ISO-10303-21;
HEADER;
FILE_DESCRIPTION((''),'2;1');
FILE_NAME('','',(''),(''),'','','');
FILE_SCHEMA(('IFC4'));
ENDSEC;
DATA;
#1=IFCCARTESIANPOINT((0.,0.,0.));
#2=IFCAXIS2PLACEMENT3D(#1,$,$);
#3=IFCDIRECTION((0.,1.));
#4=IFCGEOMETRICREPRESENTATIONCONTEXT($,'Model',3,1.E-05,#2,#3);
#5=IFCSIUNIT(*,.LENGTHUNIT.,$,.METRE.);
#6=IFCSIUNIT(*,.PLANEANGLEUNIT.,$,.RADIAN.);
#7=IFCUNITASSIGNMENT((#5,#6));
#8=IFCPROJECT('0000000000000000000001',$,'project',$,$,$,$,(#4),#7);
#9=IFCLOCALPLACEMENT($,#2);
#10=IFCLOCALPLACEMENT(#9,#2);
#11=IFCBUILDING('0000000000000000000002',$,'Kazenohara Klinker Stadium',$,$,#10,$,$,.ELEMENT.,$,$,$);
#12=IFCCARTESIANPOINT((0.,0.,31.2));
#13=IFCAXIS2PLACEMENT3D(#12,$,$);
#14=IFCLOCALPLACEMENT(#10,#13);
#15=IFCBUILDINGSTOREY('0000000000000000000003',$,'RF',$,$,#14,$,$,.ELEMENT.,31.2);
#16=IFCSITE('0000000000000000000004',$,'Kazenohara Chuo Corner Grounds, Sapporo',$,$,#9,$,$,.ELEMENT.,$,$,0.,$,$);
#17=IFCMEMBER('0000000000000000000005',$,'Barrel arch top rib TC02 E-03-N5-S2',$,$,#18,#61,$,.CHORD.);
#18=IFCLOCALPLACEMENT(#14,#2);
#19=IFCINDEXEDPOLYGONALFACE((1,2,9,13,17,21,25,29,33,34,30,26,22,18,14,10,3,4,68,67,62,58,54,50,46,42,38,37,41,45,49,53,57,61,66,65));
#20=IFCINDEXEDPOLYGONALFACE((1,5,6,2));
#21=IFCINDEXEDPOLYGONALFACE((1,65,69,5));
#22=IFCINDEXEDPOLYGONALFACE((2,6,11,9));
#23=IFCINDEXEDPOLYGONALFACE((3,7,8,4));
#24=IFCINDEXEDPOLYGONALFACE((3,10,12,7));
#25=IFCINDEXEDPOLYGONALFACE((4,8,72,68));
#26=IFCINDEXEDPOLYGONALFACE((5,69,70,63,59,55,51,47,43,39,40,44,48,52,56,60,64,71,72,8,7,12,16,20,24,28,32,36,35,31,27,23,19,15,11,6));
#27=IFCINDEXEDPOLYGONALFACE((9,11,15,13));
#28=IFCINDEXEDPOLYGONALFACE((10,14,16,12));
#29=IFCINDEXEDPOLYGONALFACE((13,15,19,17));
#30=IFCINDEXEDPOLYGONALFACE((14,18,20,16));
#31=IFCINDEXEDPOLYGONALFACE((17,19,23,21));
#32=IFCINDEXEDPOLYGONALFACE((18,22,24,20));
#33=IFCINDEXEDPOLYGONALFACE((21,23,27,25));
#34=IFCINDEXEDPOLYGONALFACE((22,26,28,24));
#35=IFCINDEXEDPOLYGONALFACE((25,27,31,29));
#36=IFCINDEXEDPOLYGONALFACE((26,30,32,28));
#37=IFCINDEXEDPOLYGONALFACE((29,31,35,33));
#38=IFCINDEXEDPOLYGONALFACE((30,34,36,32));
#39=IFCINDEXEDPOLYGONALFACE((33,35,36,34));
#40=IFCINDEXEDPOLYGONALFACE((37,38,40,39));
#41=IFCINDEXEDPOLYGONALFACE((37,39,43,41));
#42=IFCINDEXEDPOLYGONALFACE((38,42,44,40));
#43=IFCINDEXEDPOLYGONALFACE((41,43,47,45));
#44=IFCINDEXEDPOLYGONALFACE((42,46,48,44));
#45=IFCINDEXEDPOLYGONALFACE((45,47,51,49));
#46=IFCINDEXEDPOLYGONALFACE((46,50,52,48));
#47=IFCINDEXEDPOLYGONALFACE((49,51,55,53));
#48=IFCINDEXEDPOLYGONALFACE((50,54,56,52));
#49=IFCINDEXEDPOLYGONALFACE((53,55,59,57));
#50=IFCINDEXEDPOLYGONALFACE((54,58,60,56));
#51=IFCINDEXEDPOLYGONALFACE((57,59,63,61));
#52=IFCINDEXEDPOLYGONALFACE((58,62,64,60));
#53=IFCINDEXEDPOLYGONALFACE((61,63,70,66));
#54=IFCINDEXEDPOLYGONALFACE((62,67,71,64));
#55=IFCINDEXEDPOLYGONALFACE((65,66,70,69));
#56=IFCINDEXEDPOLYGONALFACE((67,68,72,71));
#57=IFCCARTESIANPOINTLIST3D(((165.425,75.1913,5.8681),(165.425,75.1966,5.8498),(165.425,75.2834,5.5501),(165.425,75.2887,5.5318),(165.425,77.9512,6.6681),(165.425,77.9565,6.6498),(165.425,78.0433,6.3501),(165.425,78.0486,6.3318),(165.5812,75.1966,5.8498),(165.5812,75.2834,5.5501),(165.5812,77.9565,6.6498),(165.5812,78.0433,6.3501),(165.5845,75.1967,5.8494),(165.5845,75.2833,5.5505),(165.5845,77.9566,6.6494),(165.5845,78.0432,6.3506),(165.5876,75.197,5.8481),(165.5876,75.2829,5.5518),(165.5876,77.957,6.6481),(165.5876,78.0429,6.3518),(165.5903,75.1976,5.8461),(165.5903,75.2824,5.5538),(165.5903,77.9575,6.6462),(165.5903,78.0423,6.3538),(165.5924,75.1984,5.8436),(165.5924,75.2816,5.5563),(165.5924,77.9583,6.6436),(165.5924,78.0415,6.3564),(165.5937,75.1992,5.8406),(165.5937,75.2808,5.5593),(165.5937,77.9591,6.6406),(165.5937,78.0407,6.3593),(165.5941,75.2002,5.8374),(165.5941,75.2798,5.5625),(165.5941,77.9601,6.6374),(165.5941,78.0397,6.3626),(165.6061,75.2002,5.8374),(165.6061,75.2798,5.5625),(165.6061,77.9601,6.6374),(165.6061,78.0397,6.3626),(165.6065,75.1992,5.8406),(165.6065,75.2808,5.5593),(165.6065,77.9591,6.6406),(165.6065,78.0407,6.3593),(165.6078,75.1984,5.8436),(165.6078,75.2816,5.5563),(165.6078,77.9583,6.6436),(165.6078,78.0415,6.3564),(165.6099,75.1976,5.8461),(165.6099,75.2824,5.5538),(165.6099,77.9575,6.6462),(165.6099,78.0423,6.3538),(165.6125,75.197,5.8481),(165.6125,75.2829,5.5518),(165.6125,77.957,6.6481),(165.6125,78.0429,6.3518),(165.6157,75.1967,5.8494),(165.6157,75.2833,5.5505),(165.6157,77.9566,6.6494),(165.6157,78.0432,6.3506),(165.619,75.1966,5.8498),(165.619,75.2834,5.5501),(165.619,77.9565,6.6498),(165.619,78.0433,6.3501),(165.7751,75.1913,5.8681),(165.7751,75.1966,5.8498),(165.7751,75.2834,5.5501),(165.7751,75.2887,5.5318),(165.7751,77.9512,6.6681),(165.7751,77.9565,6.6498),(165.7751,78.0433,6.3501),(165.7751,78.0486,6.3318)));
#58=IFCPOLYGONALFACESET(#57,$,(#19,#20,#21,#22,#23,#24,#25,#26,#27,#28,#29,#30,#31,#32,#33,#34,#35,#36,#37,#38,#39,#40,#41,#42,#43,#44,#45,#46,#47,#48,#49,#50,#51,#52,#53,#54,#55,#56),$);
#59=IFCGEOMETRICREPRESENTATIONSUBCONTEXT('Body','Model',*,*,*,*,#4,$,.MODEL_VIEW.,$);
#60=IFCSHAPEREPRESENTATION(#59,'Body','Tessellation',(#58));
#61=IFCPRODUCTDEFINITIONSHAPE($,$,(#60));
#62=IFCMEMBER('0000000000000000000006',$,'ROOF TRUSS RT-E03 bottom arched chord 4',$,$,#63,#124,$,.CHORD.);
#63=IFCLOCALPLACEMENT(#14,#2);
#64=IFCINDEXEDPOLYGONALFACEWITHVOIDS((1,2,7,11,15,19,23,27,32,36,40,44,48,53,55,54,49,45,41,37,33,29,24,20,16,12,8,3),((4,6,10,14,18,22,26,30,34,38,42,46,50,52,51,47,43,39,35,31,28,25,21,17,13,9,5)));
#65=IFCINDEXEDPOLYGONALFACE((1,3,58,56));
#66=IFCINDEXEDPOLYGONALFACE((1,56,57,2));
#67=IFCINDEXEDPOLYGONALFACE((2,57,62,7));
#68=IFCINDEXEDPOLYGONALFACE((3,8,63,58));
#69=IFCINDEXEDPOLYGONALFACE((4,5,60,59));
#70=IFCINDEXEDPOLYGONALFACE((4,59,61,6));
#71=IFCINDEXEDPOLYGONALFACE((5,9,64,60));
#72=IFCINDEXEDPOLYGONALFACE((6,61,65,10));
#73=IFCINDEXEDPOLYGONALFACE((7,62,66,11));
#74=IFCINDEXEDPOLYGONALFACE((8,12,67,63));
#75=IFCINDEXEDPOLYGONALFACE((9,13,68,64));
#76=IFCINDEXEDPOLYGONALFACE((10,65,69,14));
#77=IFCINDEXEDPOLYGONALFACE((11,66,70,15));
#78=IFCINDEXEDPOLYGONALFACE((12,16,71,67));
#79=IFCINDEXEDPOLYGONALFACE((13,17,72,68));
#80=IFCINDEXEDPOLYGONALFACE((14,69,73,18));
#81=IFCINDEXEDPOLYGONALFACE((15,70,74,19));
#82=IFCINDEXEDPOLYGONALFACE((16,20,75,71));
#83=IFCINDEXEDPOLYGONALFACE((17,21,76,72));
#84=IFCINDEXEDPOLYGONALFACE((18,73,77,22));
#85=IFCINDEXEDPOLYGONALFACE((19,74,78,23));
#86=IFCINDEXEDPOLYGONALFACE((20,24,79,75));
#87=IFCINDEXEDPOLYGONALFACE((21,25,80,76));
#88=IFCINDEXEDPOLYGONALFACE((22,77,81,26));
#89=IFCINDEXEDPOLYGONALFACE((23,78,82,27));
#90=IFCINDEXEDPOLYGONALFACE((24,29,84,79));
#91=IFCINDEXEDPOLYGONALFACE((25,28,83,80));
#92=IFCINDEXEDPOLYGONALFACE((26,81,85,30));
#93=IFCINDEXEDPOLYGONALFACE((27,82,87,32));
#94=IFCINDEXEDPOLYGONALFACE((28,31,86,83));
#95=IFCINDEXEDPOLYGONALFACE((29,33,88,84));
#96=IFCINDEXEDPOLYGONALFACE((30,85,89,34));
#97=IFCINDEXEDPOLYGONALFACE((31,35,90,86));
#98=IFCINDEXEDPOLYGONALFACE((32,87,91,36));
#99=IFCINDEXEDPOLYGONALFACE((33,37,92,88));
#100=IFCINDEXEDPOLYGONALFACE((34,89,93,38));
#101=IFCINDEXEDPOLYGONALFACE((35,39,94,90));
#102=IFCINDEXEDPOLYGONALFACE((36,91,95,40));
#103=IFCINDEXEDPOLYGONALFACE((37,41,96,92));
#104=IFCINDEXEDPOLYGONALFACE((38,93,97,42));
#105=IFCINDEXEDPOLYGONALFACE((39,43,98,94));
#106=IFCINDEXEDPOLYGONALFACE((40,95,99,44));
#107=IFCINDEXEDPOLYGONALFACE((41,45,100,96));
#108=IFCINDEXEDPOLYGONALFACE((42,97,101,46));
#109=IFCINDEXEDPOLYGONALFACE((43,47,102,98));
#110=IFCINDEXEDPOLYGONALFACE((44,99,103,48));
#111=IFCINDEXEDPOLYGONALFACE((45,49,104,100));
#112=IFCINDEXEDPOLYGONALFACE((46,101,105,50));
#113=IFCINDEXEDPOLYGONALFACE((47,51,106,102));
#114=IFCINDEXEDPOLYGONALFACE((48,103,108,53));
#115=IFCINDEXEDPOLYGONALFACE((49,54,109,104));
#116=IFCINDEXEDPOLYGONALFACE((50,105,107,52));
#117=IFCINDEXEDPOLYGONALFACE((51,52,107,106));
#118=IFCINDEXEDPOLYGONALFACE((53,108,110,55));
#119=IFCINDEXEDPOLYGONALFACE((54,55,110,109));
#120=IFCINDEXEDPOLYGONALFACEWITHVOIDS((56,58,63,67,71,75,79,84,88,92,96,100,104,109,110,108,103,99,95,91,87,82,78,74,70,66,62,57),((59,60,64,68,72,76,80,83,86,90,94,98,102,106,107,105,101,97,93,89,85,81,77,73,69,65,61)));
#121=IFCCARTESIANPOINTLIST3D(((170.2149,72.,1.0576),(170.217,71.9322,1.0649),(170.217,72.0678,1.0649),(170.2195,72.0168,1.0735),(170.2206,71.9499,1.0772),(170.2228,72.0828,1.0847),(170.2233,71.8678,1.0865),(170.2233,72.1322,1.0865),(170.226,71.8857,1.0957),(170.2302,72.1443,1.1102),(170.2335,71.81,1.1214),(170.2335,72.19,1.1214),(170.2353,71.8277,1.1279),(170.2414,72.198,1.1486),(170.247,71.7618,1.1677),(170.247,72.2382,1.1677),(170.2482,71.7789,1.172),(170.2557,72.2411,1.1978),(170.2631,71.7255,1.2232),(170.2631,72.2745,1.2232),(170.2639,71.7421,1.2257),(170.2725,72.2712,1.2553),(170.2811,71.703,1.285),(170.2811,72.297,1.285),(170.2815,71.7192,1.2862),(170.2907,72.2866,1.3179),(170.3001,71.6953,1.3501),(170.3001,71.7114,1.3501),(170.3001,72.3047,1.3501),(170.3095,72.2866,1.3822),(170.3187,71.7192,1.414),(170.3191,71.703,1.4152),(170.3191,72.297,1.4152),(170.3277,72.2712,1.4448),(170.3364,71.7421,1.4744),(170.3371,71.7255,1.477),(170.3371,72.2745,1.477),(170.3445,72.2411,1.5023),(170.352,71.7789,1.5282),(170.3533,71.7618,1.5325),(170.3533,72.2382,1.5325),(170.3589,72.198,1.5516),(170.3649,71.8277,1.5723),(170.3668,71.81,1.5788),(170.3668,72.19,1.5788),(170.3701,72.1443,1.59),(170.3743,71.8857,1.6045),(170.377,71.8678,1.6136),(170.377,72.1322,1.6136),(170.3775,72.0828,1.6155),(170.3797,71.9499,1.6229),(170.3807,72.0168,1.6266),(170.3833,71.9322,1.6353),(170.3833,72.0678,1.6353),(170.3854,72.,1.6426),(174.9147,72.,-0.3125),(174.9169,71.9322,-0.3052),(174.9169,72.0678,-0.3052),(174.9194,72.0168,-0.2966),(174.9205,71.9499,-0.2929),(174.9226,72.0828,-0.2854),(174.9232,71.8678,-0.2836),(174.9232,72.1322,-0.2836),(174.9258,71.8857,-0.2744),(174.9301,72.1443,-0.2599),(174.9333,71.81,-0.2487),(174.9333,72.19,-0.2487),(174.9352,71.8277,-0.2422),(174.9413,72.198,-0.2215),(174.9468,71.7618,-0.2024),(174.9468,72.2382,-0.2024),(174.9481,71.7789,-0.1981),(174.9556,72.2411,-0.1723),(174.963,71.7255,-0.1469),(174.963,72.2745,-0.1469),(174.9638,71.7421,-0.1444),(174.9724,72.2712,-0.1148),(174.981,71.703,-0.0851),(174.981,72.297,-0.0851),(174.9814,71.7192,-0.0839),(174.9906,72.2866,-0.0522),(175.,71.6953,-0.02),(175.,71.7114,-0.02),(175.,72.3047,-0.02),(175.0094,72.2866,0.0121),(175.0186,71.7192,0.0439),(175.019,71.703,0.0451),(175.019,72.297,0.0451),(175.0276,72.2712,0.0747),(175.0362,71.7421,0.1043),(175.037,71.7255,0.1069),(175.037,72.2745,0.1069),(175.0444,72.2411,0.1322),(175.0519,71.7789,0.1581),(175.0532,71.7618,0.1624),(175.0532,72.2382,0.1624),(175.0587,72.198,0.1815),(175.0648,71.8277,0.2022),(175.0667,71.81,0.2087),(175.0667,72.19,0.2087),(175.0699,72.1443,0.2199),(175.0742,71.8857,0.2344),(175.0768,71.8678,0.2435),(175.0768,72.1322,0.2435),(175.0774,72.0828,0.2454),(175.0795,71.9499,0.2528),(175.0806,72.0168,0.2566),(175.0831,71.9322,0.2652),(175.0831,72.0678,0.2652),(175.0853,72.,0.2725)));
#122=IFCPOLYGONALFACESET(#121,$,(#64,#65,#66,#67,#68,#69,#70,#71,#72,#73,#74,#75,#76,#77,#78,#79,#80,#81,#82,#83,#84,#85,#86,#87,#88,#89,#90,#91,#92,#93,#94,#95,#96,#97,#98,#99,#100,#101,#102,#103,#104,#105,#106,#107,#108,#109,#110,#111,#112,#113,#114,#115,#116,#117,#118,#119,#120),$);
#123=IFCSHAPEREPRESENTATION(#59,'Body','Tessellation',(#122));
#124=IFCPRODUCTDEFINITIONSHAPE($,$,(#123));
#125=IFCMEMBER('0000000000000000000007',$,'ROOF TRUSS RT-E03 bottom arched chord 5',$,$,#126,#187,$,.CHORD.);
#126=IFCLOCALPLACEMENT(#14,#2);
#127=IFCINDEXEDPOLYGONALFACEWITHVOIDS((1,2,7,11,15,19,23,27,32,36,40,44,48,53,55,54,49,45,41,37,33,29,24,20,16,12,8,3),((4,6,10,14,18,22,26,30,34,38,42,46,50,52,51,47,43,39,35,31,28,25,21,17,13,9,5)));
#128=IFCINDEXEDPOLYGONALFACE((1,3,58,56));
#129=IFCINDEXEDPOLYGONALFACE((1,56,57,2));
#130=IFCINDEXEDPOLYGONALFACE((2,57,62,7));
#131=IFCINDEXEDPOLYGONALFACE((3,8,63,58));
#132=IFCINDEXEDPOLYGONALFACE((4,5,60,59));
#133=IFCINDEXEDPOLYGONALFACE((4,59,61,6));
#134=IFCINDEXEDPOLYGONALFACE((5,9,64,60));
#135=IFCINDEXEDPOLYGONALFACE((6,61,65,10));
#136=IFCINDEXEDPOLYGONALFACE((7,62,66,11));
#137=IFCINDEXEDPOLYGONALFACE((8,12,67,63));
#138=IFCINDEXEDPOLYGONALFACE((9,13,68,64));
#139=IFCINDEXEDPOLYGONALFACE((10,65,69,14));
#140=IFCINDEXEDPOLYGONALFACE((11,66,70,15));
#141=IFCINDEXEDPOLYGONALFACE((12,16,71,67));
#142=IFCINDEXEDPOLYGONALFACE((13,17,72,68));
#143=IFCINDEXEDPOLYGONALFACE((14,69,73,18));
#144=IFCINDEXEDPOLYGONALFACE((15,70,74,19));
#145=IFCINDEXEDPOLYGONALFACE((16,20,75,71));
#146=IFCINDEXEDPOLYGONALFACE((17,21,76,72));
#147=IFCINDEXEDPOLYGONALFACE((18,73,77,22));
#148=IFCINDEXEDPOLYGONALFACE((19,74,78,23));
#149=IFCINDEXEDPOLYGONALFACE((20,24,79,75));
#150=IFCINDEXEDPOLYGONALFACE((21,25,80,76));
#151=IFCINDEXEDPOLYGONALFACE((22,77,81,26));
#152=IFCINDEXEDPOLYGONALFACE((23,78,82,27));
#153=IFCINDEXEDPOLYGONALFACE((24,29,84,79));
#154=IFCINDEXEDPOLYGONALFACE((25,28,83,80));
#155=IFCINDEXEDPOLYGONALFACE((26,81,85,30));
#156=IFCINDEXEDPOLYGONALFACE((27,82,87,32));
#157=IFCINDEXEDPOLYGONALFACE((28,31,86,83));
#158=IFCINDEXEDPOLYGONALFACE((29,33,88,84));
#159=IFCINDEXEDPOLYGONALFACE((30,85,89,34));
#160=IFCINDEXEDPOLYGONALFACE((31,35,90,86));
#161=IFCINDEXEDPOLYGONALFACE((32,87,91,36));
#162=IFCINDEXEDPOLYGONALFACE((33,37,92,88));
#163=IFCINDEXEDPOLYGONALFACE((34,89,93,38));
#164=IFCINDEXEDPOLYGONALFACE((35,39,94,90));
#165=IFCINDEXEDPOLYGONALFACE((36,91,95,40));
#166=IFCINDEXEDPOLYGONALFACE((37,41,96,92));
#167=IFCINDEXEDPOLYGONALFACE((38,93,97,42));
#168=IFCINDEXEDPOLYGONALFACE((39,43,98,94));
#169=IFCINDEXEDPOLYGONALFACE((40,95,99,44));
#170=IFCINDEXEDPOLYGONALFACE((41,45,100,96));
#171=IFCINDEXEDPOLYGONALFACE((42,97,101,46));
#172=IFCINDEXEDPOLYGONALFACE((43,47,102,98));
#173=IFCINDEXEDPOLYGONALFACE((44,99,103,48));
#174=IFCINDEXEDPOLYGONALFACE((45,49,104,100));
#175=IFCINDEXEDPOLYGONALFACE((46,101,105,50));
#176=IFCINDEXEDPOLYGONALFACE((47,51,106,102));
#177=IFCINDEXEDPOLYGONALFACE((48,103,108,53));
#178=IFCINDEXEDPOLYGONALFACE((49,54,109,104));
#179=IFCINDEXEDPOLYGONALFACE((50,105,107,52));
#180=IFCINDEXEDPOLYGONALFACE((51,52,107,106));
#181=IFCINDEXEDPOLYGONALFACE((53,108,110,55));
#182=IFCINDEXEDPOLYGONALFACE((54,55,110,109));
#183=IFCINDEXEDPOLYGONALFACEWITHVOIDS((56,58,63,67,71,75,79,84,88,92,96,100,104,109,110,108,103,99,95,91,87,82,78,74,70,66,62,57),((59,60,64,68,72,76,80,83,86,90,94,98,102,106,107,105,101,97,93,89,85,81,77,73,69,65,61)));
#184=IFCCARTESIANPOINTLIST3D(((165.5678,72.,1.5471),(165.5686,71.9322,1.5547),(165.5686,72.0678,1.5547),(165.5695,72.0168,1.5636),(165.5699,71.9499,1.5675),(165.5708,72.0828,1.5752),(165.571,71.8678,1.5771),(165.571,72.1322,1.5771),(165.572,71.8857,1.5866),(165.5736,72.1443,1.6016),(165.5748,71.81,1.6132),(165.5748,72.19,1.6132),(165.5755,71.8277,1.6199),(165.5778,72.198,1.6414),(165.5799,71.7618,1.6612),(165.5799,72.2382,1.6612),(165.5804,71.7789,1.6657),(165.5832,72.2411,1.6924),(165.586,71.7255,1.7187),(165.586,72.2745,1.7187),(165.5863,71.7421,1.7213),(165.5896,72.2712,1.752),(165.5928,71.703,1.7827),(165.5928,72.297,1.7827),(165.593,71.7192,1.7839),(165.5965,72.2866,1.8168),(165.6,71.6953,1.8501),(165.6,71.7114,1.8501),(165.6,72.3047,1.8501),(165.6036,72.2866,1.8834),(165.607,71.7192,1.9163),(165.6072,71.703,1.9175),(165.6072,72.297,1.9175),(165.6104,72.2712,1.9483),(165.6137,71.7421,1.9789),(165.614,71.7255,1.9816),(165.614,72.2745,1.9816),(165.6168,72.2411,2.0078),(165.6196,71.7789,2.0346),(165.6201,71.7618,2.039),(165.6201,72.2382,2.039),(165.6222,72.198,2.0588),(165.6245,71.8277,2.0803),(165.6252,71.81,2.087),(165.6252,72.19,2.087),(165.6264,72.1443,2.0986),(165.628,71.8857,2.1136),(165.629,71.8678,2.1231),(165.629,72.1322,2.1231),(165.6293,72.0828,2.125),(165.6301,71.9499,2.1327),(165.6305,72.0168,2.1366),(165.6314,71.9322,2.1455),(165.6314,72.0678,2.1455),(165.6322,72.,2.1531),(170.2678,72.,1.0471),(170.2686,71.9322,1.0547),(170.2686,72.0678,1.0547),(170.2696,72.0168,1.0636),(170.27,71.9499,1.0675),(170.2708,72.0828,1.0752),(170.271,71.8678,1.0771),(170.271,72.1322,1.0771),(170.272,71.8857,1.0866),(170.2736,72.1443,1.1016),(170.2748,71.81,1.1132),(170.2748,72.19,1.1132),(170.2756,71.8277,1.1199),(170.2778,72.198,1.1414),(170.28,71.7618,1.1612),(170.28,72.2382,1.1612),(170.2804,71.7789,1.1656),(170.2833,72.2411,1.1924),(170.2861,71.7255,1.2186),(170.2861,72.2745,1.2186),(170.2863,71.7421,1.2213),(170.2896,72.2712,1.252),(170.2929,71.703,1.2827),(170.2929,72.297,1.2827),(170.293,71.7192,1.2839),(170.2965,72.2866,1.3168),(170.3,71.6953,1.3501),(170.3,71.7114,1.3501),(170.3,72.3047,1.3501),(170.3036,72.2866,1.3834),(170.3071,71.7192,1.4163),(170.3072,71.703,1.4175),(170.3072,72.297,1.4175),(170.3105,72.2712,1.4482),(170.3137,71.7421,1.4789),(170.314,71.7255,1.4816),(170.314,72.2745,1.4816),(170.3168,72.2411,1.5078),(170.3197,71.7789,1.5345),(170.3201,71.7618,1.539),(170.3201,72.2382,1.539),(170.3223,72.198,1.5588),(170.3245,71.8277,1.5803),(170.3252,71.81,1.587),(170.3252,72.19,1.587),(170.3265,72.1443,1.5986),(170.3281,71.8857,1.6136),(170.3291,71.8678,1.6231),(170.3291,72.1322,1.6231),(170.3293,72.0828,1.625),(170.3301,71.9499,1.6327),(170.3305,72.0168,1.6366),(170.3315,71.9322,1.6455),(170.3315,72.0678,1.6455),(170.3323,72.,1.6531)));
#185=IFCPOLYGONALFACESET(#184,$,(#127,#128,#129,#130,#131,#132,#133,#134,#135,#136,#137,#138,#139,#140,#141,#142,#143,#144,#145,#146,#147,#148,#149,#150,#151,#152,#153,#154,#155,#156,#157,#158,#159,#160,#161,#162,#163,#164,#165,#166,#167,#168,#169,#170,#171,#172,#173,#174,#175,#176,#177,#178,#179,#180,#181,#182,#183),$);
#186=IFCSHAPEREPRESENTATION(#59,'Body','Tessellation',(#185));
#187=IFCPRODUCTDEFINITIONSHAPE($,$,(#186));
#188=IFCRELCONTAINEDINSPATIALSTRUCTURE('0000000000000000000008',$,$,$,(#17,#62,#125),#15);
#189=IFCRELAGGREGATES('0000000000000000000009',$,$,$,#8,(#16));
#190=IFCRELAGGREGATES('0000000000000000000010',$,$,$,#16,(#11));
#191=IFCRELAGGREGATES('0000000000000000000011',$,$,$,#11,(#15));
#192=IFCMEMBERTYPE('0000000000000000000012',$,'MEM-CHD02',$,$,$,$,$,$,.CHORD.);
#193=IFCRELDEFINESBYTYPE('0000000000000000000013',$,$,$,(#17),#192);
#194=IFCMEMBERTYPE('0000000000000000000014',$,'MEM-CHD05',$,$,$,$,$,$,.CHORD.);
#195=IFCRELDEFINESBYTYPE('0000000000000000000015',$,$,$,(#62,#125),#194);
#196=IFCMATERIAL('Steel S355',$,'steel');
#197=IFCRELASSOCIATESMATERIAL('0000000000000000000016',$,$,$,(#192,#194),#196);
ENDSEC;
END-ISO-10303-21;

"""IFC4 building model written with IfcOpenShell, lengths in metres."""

from ifc_helpers import new_model, si_unit, direction, frame, origin, origin_2d, place, context, subcontext, project, spatial, hollow_circle, i_section, extrude, material, material_profile, profile_set, type_object, element, save


model = new_model("IFC4")

# Units and contexts
model_context = context("Model", 3, precision=1e-05, world=origin(), true_north=direction((0.0, 1.0)))
body_context = subcontext(model_context, "Body", "Model", "MODEL_VIEW")
ifc_project = project(units=[si_unit("LENGTHUNIT", "METRE"), si_unit("PLANEANGLEUNIT", "RADIAN")], contexts=[model_context])

# Site, building, storey
site_placement = place(None, origin())
site = spatial("IfcSite", under=ifc_project, at=site_placement, Name="Kazenohara Chuo Corner Grounds, Sapporo", CompositionType="ELEMENT", RefElevation=0.0)
building_placement = place(site_placement, origin())
building = spatial("IfcBuilding", under=site, at=building_placement, Name="Kazenohara Klinker Stadium", CompositionType="ELEMENT")
storey_placement = place(building_placement, frame((0.0, 0.0, 31.2)))
storey = spatial("IfcBuildingStorey", under=building, at=storey_placement, Name="RF", CompositionType="ELEMENT", Elevation=31.2)

# Members
ifc_material_1 = material(Name="Steel S355", Category="steel")
ifc_material_profile_1 = material_profile(ifc_material_1, i_section(OverallWidth=0.3501, OverallDepth=0.3501, WebThickness=0.012, FlangeThickness=0.019, FilletRadius=0.0129, at=origin_2d()), Name="H-350x350x12x19")
ifc_profile_set_1 = profile_set([ifc_material_profile_1], Name="Steel S355")
member_type_1 = type_object("IfcMemberType", Name="MEM-CHD02", PredefinedType="CHORD", material=ifc_profile_set_1)
member_1_placement = place(storey_placement, frame((165.6001, 75.24, 5.7), z_axis=(0.0, 0.960462, 0.278411), x_axis=(-1.0, 0.0, 0.0)))
element("IfcMember", 1, at=member_1_placement, inside=storey, type_object=member_type_1, Name="Barrel arch top rib TC02 E-03-N5-S2", PredefinedType="CHORD", context=body_context, shape_type="SweptSolid", body=[
    extrude(i_section(OverallWidth=0.3501, OverallDepth=0.3501, WebThickness=0.012, FlangeThickness=0.019, FilletRadius=0.0129, at=origin_2d()), origin(), (0.0, 0.0, 1.0), 2.8735),
])
ifc_material_profile_2 = material_profile(ifc_material_1, hollow_circle(Radius=0.3047, WallThickness=0.0161, at=origin_2d()), Name="CHS-609.6x16")
ifc_profile_set_2 = profile_set([ifc_material_profile_2], Name="Steel S355")
member_type_2 = type_object("IfcMemberType", Name="MEM-CHD05", PredefinedType="CHORD", material=ifc_profile_set_2)
member_2_placement = place(storey_placement, frame((175.0, 72.0, -0.02), z_axis=(-0.960039, 0.0, 0.279868), x_axis=(0.0, -1.0, 0.0)))
element("IfcMember", 2, at=member_2_placement, inside=storey, type_object=member_type_2, Name="ROOF TRUSS RT-E03 bottom arched chord 4", PredefinedType="CHORD", context=body_context, shape_type="SweptSolid", body=[
    extrude(hollow_circle(Radius=0.3047, WallThickness=0.0161, at=origin_2d()), origin(), (0.0, 0.0, 1.0), 4.8955),
])
member_3_placement = place(storey_placement, frame((170.3, 72.0, 1.3501), z_axis=(-0.994389, 0.0, 0.105787), x_axis=(0.0, -1.0, 0.0)))
element("IfcMember", 3, at=member_3_placement, inside=storey, type_object=member_type_2, Name="ROOF TRUSS RT-E03 bottom arched chord 5", PredefinedType="CHORD", context=body_context, shape_type="SweptSolid", body=[
    extrude(hollow_circle(Radius=0.3047, WallThickness=0.0161, at=origin_2d()), origin(), (0.0, 0.0, 1.0), 4.7266),
])

save(model, "model.ifc")
